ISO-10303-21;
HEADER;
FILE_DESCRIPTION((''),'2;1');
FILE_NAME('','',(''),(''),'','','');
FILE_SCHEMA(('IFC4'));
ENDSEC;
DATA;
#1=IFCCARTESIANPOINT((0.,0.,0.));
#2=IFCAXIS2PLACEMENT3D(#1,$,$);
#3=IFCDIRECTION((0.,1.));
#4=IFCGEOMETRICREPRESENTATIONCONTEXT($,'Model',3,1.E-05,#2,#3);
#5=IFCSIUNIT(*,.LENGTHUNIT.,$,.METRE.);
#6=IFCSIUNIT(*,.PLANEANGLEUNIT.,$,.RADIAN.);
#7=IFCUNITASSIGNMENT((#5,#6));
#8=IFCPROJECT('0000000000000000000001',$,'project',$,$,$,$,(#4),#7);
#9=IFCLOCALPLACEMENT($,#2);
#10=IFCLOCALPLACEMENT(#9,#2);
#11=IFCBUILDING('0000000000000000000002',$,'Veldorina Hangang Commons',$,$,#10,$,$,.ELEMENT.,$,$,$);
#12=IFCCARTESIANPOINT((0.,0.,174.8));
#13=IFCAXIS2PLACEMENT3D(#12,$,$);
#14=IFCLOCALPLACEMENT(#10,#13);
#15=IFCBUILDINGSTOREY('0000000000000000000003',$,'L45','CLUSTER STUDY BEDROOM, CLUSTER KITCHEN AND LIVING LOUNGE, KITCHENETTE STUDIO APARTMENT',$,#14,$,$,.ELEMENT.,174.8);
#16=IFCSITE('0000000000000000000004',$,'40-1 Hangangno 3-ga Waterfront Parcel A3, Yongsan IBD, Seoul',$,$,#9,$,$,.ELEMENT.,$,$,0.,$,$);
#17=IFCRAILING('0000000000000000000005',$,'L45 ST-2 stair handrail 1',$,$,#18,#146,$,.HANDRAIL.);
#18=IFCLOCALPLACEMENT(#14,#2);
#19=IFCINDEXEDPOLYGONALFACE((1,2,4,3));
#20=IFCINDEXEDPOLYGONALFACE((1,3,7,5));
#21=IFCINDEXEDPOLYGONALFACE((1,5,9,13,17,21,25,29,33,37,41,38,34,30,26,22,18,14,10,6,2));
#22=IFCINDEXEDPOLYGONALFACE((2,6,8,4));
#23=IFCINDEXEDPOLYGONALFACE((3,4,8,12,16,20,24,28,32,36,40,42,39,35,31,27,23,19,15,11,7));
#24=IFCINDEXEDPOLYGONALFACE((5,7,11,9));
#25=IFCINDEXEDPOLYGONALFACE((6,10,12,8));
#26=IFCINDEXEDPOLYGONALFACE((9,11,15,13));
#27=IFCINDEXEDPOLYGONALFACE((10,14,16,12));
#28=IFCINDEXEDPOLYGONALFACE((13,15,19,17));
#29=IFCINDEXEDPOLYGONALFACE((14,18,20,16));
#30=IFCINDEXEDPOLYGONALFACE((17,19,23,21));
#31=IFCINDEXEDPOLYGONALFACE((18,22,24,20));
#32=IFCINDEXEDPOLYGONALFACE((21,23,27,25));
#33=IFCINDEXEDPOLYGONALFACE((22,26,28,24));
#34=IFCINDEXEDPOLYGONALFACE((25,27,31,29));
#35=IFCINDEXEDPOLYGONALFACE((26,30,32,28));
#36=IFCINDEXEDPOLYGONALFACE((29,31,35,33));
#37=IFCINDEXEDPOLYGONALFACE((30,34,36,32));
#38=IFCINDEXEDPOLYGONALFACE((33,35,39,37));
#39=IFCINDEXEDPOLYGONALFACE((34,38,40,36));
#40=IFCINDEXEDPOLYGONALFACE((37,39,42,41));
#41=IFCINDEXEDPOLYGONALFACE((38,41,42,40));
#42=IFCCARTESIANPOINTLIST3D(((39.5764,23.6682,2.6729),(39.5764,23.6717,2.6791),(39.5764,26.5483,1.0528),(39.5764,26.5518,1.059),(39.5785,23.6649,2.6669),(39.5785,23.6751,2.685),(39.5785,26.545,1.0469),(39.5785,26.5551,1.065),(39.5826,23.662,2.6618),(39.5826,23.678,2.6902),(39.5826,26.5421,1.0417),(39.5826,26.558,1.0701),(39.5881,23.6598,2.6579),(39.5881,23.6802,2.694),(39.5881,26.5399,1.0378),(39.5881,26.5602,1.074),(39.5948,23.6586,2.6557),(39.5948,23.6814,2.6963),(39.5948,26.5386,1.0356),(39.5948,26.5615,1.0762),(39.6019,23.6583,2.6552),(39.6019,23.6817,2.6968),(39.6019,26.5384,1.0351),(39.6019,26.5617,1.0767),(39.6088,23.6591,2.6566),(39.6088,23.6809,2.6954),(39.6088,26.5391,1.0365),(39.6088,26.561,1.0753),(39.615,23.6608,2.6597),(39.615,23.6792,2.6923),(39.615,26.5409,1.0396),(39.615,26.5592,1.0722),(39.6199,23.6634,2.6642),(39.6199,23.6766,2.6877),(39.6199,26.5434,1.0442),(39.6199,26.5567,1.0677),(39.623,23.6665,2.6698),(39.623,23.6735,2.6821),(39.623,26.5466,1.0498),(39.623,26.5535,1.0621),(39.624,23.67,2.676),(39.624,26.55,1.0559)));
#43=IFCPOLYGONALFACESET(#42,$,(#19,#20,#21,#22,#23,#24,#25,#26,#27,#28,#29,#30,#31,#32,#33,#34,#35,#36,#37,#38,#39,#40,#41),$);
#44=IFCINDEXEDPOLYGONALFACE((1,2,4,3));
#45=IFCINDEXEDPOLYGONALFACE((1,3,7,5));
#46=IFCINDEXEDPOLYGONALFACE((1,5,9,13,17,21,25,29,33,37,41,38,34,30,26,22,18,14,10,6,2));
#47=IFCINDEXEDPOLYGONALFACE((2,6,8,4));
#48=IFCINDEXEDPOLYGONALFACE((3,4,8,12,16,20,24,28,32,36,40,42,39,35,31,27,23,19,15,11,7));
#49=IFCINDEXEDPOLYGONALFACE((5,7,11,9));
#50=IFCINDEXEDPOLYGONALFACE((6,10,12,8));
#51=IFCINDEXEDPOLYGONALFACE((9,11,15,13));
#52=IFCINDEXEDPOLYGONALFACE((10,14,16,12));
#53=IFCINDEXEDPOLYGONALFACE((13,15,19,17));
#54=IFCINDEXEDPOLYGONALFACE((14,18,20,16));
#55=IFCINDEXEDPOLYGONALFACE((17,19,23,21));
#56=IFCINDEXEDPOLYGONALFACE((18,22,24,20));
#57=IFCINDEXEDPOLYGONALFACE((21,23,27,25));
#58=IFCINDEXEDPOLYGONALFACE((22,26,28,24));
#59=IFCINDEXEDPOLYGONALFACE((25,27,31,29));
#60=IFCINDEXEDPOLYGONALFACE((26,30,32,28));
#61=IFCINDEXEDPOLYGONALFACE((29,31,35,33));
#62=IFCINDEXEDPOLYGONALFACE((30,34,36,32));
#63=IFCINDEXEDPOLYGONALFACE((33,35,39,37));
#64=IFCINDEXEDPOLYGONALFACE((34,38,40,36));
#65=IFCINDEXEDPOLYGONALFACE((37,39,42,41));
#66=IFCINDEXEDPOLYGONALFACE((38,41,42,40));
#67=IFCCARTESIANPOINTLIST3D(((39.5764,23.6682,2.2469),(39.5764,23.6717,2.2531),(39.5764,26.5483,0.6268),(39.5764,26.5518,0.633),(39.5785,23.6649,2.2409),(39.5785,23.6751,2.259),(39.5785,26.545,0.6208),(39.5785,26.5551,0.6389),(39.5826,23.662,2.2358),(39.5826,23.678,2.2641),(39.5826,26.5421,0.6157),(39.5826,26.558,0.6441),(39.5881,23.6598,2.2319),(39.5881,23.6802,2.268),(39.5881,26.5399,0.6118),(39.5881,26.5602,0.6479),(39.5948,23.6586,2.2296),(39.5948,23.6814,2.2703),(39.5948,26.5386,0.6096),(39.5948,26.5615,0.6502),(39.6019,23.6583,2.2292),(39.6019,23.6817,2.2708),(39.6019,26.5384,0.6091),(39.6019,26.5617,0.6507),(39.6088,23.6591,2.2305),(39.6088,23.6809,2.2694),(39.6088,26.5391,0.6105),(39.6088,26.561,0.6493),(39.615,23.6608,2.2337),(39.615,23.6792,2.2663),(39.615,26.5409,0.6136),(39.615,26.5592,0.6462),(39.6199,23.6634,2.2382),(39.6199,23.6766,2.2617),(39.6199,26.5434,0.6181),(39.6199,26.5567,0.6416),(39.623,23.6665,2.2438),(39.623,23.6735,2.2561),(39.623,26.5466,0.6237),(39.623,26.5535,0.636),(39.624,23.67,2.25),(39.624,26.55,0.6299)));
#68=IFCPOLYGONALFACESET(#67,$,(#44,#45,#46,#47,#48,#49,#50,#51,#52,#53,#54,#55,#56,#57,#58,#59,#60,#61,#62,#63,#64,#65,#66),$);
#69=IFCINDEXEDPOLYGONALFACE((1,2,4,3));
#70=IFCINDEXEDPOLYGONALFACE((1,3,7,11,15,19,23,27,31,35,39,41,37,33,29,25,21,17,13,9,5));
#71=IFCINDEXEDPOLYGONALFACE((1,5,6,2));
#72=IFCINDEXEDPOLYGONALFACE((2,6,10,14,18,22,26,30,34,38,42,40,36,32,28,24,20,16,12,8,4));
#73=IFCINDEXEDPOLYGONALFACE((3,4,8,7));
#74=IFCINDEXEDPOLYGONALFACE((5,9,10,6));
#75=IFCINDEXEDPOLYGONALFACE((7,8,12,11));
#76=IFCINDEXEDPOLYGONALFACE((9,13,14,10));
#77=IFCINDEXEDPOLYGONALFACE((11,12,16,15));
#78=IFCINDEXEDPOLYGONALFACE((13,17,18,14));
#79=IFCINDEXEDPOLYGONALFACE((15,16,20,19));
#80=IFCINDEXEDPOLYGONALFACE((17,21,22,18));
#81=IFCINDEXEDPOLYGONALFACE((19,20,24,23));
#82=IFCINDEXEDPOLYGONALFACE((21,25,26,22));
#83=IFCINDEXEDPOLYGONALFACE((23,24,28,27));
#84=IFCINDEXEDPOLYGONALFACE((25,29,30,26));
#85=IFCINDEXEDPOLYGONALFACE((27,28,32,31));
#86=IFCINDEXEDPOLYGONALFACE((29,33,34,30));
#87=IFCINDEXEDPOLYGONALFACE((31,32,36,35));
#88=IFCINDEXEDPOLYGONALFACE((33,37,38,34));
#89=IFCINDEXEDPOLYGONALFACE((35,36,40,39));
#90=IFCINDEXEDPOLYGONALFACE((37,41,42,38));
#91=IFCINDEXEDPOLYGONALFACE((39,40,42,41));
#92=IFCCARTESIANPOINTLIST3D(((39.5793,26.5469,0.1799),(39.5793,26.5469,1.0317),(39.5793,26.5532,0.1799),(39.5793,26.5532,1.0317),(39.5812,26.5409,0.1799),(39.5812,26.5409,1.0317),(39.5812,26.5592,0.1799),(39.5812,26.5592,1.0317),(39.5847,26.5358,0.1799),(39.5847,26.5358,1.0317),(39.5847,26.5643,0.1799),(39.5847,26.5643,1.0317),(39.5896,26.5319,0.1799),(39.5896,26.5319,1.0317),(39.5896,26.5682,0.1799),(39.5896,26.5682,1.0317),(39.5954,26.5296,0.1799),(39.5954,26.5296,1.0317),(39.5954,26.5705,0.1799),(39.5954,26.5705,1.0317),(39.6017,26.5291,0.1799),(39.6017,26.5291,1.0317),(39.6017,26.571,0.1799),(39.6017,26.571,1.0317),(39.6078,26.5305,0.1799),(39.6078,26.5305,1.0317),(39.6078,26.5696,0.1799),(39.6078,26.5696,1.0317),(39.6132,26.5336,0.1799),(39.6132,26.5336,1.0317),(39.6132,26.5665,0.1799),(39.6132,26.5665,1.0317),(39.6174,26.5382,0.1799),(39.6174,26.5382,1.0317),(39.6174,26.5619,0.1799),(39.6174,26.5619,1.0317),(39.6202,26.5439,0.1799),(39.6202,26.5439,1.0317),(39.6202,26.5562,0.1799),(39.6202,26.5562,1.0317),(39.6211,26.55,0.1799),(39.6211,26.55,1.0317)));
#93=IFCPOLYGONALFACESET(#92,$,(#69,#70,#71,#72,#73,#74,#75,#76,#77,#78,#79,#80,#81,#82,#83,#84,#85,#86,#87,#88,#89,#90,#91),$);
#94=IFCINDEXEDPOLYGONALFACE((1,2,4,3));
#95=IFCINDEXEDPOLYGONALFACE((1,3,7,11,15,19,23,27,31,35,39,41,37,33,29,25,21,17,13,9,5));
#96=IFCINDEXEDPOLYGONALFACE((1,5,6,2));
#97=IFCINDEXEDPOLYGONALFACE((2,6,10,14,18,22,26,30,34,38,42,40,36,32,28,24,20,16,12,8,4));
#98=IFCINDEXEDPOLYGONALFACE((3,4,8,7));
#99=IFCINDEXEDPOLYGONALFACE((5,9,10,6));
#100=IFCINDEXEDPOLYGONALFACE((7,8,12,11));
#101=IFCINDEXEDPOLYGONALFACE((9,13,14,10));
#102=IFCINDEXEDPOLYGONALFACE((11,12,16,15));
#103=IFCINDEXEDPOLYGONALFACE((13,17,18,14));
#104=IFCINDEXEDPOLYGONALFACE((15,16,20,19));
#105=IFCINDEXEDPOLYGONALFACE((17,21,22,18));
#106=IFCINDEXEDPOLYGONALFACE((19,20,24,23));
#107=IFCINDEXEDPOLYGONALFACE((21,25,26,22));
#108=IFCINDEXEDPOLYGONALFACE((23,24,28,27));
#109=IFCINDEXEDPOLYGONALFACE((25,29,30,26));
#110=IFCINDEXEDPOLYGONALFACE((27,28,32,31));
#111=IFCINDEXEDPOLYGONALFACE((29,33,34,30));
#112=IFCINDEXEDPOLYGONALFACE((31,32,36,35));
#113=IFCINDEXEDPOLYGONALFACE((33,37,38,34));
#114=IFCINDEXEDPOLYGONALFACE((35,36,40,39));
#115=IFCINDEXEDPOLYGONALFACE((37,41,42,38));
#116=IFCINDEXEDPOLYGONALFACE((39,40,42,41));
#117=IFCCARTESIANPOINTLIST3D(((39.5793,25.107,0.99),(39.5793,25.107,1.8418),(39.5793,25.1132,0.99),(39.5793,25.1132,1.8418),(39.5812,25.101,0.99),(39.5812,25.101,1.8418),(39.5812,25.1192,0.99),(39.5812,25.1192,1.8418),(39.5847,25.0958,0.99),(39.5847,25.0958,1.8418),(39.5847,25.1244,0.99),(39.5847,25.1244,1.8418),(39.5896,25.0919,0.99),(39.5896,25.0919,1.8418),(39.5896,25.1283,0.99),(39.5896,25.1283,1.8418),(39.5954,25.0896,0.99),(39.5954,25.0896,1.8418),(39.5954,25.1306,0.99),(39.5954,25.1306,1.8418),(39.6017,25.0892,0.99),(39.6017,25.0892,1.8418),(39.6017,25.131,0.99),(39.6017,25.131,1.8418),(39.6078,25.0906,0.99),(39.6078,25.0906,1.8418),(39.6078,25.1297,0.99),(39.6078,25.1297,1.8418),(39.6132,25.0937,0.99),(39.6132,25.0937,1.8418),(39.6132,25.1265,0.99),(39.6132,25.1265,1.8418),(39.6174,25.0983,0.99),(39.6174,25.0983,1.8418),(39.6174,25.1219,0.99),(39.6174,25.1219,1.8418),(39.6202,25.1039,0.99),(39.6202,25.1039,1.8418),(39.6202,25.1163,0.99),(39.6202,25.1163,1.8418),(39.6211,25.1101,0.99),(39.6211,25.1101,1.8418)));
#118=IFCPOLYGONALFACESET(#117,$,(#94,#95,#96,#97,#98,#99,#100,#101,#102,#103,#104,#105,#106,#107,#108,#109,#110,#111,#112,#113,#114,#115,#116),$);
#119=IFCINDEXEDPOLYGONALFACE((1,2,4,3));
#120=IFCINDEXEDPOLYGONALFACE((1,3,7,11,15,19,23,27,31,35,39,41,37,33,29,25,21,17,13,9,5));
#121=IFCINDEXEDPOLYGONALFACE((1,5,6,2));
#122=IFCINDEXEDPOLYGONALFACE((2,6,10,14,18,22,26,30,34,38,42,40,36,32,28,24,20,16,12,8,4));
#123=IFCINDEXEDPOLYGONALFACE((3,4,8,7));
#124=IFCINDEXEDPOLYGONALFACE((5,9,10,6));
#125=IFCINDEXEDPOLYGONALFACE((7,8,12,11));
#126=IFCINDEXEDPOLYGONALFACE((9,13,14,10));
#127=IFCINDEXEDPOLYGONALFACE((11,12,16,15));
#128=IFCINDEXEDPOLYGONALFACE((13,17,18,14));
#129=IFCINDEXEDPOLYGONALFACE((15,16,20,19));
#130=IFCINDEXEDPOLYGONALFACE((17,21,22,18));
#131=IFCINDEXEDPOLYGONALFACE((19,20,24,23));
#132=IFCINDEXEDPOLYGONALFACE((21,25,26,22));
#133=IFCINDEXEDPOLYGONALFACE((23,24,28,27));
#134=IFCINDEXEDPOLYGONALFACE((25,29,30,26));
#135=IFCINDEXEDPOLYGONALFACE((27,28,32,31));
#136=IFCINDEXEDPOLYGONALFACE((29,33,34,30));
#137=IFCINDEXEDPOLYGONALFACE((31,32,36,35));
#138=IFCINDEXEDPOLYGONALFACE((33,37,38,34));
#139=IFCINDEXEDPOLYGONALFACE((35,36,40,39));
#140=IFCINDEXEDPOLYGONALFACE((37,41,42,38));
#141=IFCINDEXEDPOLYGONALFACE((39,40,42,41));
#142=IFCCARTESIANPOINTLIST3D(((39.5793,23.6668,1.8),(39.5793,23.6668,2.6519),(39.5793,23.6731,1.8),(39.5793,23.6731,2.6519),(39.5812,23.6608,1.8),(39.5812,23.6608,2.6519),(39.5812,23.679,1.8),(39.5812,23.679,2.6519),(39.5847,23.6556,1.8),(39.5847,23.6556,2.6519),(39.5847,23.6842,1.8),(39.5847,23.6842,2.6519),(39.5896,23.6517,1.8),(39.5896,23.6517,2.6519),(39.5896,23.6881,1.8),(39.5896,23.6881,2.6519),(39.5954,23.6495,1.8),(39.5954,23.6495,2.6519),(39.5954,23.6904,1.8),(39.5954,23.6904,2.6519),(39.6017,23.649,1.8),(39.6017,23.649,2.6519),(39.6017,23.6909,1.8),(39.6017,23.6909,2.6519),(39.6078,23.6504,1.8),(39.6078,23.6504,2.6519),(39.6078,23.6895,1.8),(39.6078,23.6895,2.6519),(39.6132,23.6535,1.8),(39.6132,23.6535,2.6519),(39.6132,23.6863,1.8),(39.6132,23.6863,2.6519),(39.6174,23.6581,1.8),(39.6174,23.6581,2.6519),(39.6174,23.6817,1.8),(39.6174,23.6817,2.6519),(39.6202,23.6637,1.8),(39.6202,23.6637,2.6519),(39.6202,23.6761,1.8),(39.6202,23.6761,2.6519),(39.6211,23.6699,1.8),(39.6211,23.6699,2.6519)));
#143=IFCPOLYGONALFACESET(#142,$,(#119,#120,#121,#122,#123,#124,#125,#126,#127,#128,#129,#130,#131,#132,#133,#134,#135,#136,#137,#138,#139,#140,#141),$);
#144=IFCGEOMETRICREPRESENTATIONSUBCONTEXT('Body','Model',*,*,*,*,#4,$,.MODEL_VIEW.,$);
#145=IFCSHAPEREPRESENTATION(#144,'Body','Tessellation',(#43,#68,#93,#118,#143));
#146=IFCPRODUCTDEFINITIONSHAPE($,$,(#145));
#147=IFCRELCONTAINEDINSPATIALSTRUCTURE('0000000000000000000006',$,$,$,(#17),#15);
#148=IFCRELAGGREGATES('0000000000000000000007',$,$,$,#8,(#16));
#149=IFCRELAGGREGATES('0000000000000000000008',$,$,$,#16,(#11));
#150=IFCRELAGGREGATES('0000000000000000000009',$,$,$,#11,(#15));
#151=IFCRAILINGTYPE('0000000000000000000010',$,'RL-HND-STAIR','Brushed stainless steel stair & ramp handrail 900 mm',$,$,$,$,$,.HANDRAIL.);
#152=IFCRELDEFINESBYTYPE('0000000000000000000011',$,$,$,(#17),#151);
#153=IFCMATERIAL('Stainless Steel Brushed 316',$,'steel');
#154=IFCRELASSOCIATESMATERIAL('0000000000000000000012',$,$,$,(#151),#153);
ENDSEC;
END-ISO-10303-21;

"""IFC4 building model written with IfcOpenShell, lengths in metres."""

from ifc_helpers import new_model, si_unit, direction, frame, origin, origin_2d, place, context, subcontext, project, spatial, circle, extrude, material, type_object, element, save


model = new_model("IFC4")

# Units and contexts
model_context = context("Model", 3, precision=1e-05, world=origin(), true_north=direction((0.0, 1.0)))
body_context = subcontext(model_context, "Body", "Model", "MODEL_VIEW")
ifc_project = project(units=[si_unit("LENGTHUNIT", "METRE"), si_unit("PLANEANGLEUNIT", "RADIAN")], contexts=[model_context])

# Site, building, storey
site_placement = place(None, origin())
site = spatial("IfcSite", under=ifc_project, at=site_placement, Name="40-1 Hangangno 3-ga Waterfront Parcel A3, Yongsan IBD, Seoul", CompositionType="ELEMENT", RefElevation=0.0)
building_placement = place(site_placement, origin())
building = spatial("IfcBuilding", under=site, at=building_placement, Name="Veldorina Hangang Commons", CompositionType="ELEMENT")
storey_placement = place(building_placement, frame((0.0, 0.0, 174.8)))
storey = spatial("IfcBuildingStorey", under=building, at=storey_placement, Name="L45", Description="CLUSTER STUDY BEDROOM, CLUSTER KITCHEN AND LIVING LOUNGE, KITCHENETTE STUDIO APARTMENT", CompositionType="ELEMENT", Elevation=174.8)

# Railing
ifc_material_1 = material(Name="Stainless Steel Brushed 316", Category="steel")
railing_type_1 = type_object("IfcRailingType", Name="RL-HND-STAIR", Description="Brushed stainless steel stair & ramp handrail 900 mm", PredefinedType="HANDRAIL", material=ifc_material_1)
railing_1_placement = place(storey_placement, frame((39.6001, 26.55, 0.1799)))
element("IfcRailing", 1, at=railing_1_placement, inside=storey, type_object=railing_type_1, Name="L45 ST-2 stair handrail 1", PredefinedType="HANDRAIL", context=body_context, shape_type="SweptSolid", body=[
    extrude(circle(Radius=0.0239, at=origin_2d()), frame((0.0, 0.0, 0.876), z_axis=(0.0, -0.87157, 0.490272), x_axis=(1.0, 0.0, 0.0)), (0.0, 0.0, 1.0), 3.3044),
    extrude(circle(Radius=0.0239, at=origin_2d()), frame((0.0, 0.0, 0.45), z_axis=(0.0, -0.87157, 0.490272), x_axis=(1.0, 0.0, 0.0)), (0.0, 0.0, 1.0), 3.3044),
    extrude(circle(Radius=0.021, at=origin_2d()), origin(), (0.0, 0.0, 1.0), 0.8518),
    extrude(circle(Radius=0.021, at=origin_2d()), frame((0.0, -1.4399, 0.8101)), (0.0, 0.0, 1.0), 0.8518),
    extrude(circle(Radius=0.021, at=origin_2d()), frame((0.0, -2.8801, 1.6201)), (0.0, 0.0, 1.0), 0.8518),
])

save(model, "model.ifc")
